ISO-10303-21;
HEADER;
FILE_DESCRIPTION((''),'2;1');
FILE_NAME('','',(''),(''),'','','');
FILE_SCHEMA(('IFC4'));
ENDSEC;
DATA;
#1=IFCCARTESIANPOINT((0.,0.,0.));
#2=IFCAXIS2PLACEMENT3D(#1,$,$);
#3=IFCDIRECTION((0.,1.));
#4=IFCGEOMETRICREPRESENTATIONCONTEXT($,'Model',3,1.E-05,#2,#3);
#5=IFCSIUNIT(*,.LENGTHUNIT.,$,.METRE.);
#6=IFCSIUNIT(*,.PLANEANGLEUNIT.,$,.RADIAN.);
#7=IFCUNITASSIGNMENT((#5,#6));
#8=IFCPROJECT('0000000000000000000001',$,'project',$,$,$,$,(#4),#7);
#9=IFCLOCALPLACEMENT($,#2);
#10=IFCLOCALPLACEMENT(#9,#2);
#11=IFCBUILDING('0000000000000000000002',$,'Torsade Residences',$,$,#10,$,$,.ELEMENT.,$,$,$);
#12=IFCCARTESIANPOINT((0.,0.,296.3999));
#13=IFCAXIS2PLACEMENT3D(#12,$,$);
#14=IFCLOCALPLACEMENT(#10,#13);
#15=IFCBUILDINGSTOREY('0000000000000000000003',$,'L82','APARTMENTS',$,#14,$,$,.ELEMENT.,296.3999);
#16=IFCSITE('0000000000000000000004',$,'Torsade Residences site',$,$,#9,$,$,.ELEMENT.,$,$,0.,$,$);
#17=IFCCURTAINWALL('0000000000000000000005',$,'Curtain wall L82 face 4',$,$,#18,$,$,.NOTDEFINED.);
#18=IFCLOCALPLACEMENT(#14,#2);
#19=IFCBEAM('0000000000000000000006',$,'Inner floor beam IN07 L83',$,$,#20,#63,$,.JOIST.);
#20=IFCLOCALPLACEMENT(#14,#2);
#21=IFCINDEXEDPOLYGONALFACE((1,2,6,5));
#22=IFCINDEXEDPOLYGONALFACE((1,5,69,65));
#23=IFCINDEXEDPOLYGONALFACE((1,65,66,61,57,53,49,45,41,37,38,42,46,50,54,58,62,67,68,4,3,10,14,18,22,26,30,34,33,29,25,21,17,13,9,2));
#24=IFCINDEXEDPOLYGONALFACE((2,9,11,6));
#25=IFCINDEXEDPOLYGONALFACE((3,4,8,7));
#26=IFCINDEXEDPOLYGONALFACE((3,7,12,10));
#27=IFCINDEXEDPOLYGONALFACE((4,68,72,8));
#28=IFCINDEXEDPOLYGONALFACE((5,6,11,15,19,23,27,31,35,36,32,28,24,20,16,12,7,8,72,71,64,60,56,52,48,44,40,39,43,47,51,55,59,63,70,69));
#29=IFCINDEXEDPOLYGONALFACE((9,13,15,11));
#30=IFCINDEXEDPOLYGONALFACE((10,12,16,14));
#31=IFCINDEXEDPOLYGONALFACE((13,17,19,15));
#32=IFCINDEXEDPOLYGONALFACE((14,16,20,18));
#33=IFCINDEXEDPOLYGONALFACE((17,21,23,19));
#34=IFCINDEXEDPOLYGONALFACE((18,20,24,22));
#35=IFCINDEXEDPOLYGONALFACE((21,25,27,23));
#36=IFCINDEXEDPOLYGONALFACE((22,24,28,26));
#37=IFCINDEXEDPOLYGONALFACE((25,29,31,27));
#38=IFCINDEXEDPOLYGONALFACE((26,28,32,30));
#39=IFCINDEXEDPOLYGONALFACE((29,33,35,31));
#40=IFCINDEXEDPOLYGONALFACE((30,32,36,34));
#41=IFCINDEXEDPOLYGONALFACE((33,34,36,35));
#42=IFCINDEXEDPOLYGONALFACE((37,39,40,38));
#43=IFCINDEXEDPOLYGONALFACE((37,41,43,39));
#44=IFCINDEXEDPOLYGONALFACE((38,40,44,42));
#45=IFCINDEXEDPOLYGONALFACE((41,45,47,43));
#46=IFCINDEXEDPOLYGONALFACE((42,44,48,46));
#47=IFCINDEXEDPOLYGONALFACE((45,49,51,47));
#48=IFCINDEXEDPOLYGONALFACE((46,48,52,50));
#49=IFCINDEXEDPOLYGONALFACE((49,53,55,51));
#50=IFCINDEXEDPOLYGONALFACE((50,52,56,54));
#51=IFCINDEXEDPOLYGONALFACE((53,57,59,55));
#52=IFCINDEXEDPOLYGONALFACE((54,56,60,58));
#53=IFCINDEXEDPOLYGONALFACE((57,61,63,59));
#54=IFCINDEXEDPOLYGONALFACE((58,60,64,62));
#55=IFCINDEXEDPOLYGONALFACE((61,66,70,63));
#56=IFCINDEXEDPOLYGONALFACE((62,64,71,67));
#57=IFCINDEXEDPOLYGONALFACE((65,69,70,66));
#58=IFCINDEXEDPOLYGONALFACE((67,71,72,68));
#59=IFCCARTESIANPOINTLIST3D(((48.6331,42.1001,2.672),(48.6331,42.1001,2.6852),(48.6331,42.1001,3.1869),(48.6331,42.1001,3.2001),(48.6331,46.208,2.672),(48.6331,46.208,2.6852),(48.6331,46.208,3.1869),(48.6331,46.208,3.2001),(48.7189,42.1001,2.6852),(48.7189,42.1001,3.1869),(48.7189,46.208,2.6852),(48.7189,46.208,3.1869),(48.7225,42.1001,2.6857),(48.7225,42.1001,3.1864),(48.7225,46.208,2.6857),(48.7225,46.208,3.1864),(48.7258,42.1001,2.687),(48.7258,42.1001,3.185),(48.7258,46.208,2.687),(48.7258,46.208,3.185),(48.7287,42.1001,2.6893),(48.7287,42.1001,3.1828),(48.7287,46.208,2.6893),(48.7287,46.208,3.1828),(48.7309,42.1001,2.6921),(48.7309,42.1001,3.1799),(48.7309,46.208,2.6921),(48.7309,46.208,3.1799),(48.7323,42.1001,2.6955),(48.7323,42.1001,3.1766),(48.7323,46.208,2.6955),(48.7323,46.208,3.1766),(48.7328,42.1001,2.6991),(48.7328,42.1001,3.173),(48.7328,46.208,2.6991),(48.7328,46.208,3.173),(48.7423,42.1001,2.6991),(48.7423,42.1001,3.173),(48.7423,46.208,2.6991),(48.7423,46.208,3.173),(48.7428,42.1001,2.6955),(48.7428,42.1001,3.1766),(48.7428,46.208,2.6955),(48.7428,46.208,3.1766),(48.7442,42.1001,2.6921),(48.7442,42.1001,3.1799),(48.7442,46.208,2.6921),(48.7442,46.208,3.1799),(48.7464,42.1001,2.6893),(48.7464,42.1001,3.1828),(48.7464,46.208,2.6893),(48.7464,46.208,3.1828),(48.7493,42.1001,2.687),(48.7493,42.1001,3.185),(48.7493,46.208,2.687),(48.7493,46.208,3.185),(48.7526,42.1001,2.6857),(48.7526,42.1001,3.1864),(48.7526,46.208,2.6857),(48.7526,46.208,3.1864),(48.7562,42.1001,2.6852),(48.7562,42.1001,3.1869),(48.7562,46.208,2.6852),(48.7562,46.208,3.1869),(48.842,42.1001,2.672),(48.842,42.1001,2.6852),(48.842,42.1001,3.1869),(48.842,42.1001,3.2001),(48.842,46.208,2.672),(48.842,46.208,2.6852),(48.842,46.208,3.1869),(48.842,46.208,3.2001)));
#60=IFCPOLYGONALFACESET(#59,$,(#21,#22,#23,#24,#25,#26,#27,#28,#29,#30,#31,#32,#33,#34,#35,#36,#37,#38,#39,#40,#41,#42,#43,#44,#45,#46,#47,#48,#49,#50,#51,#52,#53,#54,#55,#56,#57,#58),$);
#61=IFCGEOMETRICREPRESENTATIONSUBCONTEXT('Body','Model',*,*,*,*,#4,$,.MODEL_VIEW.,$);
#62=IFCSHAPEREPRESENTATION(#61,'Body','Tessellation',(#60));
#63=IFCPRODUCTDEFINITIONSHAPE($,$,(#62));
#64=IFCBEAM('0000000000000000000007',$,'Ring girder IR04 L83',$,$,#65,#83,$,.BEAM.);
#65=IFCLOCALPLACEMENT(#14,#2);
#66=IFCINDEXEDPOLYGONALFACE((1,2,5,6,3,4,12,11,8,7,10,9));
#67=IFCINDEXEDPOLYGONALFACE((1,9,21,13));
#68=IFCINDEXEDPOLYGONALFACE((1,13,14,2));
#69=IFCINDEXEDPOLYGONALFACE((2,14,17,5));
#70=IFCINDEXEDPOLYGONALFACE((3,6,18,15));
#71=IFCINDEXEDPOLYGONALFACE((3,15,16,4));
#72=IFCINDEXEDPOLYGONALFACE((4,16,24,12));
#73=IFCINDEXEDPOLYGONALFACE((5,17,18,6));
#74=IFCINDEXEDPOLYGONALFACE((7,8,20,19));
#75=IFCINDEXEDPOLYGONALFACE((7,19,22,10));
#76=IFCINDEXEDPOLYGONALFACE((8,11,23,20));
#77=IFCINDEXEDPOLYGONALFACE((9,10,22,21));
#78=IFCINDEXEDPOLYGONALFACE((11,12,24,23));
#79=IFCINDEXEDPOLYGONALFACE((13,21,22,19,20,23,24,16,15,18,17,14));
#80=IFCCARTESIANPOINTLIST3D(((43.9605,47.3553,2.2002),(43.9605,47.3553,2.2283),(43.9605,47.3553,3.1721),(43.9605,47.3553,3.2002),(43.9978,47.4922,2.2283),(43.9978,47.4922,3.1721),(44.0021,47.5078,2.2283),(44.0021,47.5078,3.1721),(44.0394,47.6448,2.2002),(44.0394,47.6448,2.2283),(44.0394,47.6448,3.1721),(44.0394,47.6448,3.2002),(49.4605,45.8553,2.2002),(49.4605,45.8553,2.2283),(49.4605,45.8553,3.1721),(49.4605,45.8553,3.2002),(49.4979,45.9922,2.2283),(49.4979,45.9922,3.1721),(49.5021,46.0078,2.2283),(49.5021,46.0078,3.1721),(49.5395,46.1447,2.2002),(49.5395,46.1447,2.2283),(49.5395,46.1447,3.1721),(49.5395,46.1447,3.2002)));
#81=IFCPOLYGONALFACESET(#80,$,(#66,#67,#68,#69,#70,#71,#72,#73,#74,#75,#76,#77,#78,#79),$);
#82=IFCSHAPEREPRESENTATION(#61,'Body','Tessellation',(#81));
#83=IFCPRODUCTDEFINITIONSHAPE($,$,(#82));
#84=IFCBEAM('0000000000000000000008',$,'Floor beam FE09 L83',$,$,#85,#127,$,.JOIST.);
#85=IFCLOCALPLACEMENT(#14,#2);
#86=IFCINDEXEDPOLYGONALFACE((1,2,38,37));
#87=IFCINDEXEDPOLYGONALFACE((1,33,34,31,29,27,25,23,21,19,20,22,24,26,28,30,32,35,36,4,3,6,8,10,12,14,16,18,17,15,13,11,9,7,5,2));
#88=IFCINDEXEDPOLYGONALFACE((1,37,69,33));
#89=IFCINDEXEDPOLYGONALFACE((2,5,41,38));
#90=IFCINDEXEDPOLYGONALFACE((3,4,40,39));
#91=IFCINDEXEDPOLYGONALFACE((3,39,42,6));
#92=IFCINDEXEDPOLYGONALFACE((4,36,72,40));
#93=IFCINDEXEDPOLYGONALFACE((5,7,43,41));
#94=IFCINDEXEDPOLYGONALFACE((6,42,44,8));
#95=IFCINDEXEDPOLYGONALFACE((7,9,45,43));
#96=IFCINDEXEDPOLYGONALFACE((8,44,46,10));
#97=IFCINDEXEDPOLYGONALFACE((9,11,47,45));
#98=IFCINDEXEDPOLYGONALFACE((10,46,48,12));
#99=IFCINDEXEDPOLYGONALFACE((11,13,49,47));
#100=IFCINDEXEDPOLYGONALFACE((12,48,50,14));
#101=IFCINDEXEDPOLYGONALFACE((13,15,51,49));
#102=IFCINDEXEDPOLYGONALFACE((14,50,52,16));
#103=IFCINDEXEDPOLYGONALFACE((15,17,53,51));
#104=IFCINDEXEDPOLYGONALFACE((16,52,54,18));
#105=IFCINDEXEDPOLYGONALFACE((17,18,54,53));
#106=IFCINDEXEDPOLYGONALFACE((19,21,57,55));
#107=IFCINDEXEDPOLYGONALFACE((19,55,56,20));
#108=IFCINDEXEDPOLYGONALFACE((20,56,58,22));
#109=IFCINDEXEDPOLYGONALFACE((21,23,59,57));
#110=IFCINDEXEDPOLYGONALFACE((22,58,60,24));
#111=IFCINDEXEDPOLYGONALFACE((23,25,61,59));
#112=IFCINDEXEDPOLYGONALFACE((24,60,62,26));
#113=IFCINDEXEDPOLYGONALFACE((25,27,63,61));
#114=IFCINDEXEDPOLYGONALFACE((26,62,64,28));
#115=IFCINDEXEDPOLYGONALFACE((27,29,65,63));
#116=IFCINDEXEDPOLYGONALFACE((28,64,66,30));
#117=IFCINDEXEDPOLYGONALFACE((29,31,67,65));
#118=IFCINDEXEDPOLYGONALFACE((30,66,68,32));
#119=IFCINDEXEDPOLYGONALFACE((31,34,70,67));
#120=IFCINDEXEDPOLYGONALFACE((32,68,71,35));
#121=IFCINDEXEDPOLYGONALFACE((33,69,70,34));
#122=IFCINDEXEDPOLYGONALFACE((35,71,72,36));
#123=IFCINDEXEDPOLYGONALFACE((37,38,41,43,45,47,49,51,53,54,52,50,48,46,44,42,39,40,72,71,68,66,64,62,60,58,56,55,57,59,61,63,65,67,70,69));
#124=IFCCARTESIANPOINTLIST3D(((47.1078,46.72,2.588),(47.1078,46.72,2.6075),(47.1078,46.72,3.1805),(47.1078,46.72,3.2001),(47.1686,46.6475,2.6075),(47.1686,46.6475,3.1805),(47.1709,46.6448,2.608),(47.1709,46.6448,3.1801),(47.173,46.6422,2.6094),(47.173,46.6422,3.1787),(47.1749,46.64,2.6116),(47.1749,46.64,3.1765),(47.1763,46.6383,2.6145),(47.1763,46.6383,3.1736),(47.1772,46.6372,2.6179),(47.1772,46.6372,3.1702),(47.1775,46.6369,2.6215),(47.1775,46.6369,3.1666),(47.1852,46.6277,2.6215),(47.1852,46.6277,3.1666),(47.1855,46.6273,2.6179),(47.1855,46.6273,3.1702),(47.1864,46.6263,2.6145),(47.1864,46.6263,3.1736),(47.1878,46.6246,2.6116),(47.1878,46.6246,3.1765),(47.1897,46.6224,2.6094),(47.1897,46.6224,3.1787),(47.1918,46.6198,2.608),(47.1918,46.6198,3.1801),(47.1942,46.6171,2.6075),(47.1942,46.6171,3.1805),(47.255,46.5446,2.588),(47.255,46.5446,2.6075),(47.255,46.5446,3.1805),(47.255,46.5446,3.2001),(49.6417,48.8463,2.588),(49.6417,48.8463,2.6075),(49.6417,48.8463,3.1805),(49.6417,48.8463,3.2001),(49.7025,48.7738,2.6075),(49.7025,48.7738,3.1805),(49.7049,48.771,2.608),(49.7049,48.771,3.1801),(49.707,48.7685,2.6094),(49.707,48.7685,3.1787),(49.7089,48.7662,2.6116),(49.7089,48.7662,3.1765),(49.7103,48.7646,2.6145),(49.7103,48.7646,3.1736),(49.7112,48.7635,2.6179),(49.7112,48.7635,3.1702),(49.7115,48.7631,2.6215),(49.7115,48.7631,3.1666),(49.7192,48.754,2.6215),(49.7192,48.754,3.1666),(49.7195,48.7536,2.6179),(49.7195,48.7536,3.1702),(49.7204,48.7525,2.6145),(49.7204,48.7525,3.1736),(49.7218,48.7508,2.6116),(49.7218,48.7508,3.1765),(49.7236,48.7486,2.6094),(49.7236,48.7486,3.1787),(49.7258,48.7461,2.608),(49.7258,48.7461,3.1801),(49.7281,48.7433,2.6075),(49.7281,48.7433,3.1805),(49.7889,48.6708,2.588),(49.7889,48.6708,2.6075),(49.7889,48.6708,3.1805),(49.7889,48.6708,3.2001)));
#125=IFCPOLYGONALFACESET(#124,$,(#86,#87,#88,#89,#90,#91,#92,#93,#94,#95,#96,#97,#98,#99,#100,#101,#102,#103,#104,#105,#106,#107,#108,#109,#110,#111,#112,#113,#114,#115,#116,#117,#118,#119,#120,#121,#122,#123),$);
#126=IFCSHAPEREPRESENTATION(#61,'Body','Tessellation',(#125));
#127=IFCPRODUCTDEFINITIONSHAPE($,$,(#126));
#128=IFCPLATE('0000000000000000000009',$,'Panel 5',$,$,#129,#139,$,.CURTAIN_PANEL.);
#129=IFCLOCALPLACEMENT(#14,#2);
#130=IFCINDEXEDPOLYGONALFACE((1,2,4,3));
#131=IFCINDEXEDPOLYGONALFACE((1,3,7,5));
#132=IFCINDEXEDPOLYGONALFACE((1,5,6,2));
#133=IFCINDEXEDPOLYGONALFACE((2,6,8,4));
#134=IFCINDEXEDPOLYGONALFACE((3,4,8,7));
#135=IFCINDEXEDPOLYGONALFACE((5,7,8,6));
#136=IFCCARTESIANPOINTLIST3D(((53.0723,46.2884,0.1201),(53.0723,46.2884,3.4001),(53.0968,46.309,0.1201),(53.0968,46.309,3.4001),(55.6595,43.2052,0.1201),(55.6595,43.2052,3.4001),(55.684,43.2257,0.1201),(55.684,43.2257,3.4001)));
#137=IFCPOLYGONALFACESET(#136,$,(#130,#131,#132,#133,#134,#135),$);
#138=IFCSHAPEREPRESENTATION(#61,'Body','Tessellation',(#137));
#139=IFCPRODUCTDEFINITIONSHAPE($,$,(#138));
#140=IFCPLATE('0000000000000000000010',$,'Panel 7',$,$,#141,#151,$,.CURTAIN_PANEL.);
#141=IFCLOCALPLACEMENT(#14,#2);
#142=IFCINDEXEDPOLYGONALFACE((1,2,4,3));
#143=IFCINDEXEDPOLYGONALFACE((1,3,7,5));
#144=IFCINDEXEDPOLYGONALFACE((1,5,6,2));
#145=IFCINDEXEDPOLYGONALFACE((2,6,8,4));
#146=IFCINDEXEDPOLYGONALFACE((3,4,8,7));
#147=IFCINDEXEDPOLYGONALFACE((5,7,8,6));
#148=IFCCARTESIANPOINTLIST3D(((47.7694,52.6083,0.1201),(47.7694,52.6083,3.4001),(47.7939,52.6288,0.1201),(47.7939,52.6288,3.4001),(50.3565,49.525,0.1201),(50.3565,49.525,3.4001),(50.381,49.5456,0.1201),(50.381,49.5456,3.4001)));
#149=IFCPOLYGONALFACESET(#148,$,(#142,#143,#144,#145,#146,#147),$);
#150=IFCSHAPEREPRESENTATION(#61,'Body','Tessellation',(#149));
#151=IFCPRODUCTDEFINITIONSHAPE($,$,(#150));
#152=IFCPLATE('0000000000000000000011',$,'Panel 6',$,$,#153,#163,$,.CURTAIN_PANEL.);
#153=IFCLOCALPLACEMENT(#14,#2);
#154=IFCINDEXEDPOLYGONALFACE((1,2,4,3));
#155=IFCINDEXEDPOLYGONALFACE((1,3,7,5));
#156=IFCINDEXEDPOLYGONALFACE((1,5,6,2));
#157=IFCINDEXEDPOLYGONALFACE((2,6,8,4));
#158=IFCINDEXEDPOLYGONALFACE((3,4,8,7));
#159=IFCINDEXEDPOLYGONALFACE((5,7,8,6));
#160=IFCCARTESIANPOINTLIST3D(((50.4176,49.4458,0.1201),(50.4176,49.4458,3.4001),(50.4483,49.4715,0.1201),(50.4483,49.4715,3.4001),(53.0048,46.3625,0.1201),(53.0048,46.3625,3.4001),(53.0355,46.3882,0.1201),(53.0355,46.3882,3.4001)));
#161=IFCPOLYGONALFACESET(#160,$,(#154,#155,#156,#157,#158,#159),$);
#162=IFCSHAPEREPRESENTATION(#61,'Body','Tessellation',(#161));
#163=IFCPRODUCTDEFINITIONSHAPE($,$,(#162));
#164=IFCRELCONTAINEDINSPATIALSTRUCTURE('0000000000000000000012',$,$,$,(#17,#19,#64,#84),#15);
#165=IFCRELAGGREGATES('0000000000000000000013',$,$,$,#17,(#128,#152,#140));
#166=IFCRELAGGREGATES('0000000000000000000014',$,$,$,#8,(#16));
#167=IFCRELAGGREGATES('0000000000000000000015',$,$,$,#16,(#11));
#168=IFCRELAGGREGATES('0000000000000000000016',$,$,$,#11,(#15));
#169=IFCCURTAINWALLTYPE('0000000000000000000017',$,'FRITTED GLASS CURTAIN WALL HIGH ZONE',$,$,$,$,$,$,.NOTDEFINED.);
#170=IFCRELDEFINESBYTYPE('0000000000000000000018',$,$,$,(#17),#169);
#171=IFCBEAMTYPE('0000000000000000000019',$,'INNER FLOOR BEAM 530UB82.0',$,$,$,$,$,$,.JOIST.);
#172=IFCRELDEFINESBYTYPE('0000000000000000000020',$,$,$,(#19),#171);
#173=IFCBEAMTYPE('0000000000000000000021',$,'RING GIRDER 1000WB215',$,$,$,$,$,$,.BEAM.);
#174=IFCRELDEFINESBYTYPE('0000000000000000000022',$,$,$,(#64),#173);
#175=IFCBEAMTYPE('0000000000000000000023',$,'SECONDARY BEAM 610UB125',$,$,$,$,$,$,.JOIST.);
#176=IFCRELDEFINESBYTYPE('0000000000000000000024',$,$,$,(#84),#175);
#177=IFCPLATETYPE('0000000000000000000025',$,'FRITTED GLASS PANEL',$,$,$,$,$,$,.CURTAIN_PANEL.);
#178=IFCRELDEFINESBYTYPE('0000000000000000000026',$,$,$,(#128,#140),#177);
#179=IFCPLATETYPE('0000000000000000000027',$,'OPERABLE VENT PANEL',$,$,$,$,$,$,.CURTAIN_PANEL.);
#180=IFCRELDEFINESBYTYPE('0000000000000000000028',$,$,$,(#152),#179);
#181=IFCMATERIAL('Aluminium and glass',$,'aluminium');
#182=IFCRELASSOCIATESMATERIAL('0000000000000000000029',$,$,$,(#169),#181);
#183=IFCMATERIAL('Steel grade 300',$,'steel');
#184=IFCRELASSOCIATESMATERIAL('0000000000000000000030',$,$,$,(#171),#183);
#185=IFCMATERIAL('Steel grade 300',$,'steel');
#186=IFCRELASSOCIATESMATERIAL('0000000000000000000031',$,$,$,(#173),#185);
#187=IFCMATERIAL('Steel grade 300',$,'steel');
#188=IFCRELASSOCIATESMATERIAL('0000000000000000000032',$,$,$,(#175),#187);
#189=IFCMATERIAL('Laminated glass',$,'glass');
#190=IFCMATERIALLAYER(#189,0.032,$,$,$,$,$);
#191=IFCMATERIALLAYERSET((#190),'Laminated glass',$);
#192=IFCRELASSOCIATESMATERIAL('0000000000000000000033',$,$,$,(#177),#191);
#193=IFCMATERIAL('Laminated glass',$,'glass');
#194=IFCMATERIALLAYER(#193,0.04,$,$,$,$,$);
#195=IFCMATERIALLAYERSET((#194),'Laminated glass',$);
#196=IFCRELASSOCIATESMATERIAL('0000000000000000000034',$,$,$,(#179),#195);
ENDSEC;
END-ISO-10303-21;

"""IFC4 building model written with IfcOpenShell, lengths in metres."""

from ifc_helpers import new_model, si_unit, direction, frame, origin, origin_2d, place, context, subcontext, project, spatial, rectangle, i_section, extrude, material, layer, layer_set, material_profile, profile_set, type_object, element, aggregate, save


model = new_model("IFC4")

# Units and contexts
model_context = context("Model", 3, precision=1e-05, world=origin(), true_north=direction((0.0, 1.0)))
body_context = subcontext(model_context, "Body", "Model", "MODEL_VIEW")
ifc_project = project(units=[si_unit("LENGTHUNIT", "METRE"), si_unit("PLANEANGLEUNIT", "RADIAN")], contexts=[model_context])

# Site, building, storey
site_placement = place(None, origin())
site = spatial("IfcSite", under=ifc_project, at=site_placement, Name="Torsade Residences site", CompositionType="ELEMENT", RefElevation=0.0)
building_placement = place(site_placement, origin())
building = spatial("IfcBuilding", under=site, at=building_placement, Name="Torsade Residences", CompositionType="ELEMENT")
storey_placement = place(building_placement, frame((0.0, 0.0, 296.3999)))
storey = spatial("IfcBuildingStorey", under=building, at=storey_placement, Name="L82", Description="APARTMENTS", CompositionType="ELEMENT", Elevation=296.3999)

# Curtain wall
ifc_material_1 = material(Name="Aluminium and glass", Category="aluminium")
curtain_wall_type = type_object("IfcCurtainWallType", Name="FRITTED GLASS CURTAIN WALL HIGH ZONE", PredefinedType="NOTDEFINED", material=ifc_material_1)
curtain_wall_placement = place(storey_placement, origin())
curtain_wall = element("IfcCurtainWall", 1, at=curtain_wall_placement, inside=storey, type_object=curtain_wall_type, Name="Curtain wall L82 face 4", PredefinedType="NOTDEFINED")

# Beams
ifc_material_2 = material(Name="Steel grade 300", Category="steel")
ifc_material_profile_1 = material_profile(ifc_material_2, i_section(OverallWidth=0.209, OverallDepth=0.5281, WebThickness=0.0095, FlangeThickness=0.0132, FilletRadius=0.0139, at=origin_2d()), Name="530UB82.0")
ifc_profile_set_1 = profile_set([ifc_material_profile_1], Name="Steel grade 300")
beam_type_1 = type_object("IfcBeamType", Name="INNER FLOOR BEAM 530UB82.0", PredefinedType="JOIST", material=ifc_profile_set_1)
beam_1_placement = place(storey_placement, frame((48.7375, 42.1001, 2.936), z_axis=(0.0, 1.0, 0.0), x_axis=(-1.0, 0.0, 0.0)))
element("IfcBeam", 2, at=beam_1_placement, inside=storey, type_object=beam_type_1, Name="Inner floor beam IN07 L83", PredefinedType="JOIST", context=body_context, shape_type="SweptSolid", body=[
    extrude(i_section(OverallWidth=0.209, OverallDepth=0.5281, WebThickness=0.0095, FlangeThickness=0.0132, FilletRadius=0.0139, at=origin_2d()), origin(), (0.0, 0.0, 1.0), 4.1079),
])
ifc_material_3 = material(Name="Steel grade 300", Category="steel")
ifc_material_profile_2 = material_profile(ifc_material_3, i_section(OverallWidth=0.3, OverallDepth=1.0, WebThickness=0.0161, FlangeThickness=0.0281, at=origin_2d()), Name="1000WB215")
ifc_profile_set_2 = profile_set([ifc_material_profile_2], Name="Steel grade 300")
beam_type_2 = type_object("IfcBeamType", Name="RING GIRDER 1000WB215", PredefinedType="BEAM", material=ifc_profile_set_2)
beam_2_placement = place(storey_placement, frame((49.5, 46.0, 2.7002), z_axis=(-0.964764, 0.263117, 0.0), x_axis=(-0.263117, -0.964764, 0.0)))
element("IfcBeam", 3, at=beam_2_placement, inside=storey, type_object=beam_type_2, Name="Ring girder IR04 L83", PredefinedType="BEAM", context=body_context, shape_type="SweptSolid", body=[
    extrude(i_section(OverallWidth=0.3, OverallDepth=1.0, WebThickness=0.0161, FlangeThickness=0.0281, at=origin_2d()), origin(), (0.0, 0.0, 1.0), 5.7009),
])
ifc_material_4 = material(Name="Steel grade 300", Category="steel")
ifc_material_profile_3 = material_profile(ifc_material_4, i_section(OverallWidth=0.229, OverallDepth=0.6121, WebThickness=0.012, FlangeThickness=0.0195, FilletRadius=0.0139, at=origin_2d()), Name="610UB125")
ifc_profile_set_3 = profile_set([ifc_material_profile_3], Name="Steel grade 300")
beam_type_3 = type_object("IfcBeamType", Name="SECONDARY BEAM 610UB125", PredefinedType="JOIST", material=ifc_profile_set_3)
beam_3_placement = place(storey_placement, frame((49.7153, 48.7585, 2.894), z_axis=(-0.766045, -0.642787, 0.0), x_axis=(0.642787, -0.766045, 0.0)))
element("IfcBeam", 4, at=beam_3_placement, inside=storey, type_object=beam_type_3, Name="Floor beam FE09 L83", PredefinedType="JOIST", context=body_context, shape_type="SweptSolid", body=[
    extrude(i_section(OverallWidth=0.229, OverallDepth=0.6121, WebThickness=0.012, FlangeThickness=0.0195, FilletRadius=0.0139, at=origin_2d()), origin(), (0.0, 0.0, 1.0), 3.3079),
])

# Plates
ifc_material_5 = material(Name="Laminated glass", Category="glass")
ifc_layer_1 = layer(ifc_material_5, 0.032)
ifc_layer_set_1 = layer_set([ifc_layer_1], Name="Laminated glass")
plate_type_1 = type_object("IfcPlateType", Name="FRITTED GLASS PANEL", PredefinedType="CURTAIN_PANEL", material=ifc_layer_set_1)
plate_1_placement = place(storey_placement, frame((54.3782, 44.7571, 0.1201), z_axis=(0.0, 0.0, 1.0), x_axis=(-0.642788, 0.766044, 0.0)))
plate_1 = element("IfcPlate", 5, at=plate_1_placement, type_object=plate_type_1, Name="Panel 5", PredefinedType="CURTAIN_PANEL", context=body_context, shape_type="SweptSolid", body=[
    extrude(rectangle(XDim=4.0249, YDim=0.032, at=origin_2d()), origin(), (0.0, 0.0, 1.0), 3.28),
])
plate_2_placement = place(storey_placement, frame((49.0752, 51.0769, 0.1201), z_axis=(0.0, 0.0, 1.0), x_axis=(-0.642788, 0.766044, 0.0)))
plate_2 = element("IfcPlate", 6, at=plate_2_placement, type_object=plate_type_1, Name="Panel 7", PredefinedType="CURTAIN_PANEL", context=body_context, shape_type="SweptSolid", body=[
    extrude(rectangle(XDim=4.0249, YDim=0.032, at=origin_2d()), origin(), (0.0, 0.0, 1.0), 3.28),
])
ifc_material_6 = material(Name="Laminated glass", Category="glass")
ifc_layer_2 = layer(ifc_material_6, 0.04)
ifc_layer_set_2 = layer_set([ifc_layer_2], Name="Laminated glass")
plate_type_2 = type_object("IfcPlateType", Name="OPERABLE VENT PANEL", PredefinedType="CURTAIN_PANEL", material=ifc_layer_set_2)
plate_3_placement = place(storey_placement, frame((51.7266, 47.917, 0.1201), z_axis=(0.0, 0.0, 1.0), x_axis=(-0.642788, 0.766044, 0.0)))
plate_3 = element("IfcPlate", 7, at=plate_3_placement, type_object=plate_type_2, Name="Panel 6", PredefinedType="CURTAIN_PANEL", context=body_context, shape_type="SweptSolid", body=[
    extrude(rectangle(XDim=4.0249, YDim=0.04, at=origin_2d()), origin(), (0.0, 0.0, 1.0), 3.28),
])
aggregate(curtain_wall, [plate_1, plate_3, plate_2])

save(model, "model.ifc")
